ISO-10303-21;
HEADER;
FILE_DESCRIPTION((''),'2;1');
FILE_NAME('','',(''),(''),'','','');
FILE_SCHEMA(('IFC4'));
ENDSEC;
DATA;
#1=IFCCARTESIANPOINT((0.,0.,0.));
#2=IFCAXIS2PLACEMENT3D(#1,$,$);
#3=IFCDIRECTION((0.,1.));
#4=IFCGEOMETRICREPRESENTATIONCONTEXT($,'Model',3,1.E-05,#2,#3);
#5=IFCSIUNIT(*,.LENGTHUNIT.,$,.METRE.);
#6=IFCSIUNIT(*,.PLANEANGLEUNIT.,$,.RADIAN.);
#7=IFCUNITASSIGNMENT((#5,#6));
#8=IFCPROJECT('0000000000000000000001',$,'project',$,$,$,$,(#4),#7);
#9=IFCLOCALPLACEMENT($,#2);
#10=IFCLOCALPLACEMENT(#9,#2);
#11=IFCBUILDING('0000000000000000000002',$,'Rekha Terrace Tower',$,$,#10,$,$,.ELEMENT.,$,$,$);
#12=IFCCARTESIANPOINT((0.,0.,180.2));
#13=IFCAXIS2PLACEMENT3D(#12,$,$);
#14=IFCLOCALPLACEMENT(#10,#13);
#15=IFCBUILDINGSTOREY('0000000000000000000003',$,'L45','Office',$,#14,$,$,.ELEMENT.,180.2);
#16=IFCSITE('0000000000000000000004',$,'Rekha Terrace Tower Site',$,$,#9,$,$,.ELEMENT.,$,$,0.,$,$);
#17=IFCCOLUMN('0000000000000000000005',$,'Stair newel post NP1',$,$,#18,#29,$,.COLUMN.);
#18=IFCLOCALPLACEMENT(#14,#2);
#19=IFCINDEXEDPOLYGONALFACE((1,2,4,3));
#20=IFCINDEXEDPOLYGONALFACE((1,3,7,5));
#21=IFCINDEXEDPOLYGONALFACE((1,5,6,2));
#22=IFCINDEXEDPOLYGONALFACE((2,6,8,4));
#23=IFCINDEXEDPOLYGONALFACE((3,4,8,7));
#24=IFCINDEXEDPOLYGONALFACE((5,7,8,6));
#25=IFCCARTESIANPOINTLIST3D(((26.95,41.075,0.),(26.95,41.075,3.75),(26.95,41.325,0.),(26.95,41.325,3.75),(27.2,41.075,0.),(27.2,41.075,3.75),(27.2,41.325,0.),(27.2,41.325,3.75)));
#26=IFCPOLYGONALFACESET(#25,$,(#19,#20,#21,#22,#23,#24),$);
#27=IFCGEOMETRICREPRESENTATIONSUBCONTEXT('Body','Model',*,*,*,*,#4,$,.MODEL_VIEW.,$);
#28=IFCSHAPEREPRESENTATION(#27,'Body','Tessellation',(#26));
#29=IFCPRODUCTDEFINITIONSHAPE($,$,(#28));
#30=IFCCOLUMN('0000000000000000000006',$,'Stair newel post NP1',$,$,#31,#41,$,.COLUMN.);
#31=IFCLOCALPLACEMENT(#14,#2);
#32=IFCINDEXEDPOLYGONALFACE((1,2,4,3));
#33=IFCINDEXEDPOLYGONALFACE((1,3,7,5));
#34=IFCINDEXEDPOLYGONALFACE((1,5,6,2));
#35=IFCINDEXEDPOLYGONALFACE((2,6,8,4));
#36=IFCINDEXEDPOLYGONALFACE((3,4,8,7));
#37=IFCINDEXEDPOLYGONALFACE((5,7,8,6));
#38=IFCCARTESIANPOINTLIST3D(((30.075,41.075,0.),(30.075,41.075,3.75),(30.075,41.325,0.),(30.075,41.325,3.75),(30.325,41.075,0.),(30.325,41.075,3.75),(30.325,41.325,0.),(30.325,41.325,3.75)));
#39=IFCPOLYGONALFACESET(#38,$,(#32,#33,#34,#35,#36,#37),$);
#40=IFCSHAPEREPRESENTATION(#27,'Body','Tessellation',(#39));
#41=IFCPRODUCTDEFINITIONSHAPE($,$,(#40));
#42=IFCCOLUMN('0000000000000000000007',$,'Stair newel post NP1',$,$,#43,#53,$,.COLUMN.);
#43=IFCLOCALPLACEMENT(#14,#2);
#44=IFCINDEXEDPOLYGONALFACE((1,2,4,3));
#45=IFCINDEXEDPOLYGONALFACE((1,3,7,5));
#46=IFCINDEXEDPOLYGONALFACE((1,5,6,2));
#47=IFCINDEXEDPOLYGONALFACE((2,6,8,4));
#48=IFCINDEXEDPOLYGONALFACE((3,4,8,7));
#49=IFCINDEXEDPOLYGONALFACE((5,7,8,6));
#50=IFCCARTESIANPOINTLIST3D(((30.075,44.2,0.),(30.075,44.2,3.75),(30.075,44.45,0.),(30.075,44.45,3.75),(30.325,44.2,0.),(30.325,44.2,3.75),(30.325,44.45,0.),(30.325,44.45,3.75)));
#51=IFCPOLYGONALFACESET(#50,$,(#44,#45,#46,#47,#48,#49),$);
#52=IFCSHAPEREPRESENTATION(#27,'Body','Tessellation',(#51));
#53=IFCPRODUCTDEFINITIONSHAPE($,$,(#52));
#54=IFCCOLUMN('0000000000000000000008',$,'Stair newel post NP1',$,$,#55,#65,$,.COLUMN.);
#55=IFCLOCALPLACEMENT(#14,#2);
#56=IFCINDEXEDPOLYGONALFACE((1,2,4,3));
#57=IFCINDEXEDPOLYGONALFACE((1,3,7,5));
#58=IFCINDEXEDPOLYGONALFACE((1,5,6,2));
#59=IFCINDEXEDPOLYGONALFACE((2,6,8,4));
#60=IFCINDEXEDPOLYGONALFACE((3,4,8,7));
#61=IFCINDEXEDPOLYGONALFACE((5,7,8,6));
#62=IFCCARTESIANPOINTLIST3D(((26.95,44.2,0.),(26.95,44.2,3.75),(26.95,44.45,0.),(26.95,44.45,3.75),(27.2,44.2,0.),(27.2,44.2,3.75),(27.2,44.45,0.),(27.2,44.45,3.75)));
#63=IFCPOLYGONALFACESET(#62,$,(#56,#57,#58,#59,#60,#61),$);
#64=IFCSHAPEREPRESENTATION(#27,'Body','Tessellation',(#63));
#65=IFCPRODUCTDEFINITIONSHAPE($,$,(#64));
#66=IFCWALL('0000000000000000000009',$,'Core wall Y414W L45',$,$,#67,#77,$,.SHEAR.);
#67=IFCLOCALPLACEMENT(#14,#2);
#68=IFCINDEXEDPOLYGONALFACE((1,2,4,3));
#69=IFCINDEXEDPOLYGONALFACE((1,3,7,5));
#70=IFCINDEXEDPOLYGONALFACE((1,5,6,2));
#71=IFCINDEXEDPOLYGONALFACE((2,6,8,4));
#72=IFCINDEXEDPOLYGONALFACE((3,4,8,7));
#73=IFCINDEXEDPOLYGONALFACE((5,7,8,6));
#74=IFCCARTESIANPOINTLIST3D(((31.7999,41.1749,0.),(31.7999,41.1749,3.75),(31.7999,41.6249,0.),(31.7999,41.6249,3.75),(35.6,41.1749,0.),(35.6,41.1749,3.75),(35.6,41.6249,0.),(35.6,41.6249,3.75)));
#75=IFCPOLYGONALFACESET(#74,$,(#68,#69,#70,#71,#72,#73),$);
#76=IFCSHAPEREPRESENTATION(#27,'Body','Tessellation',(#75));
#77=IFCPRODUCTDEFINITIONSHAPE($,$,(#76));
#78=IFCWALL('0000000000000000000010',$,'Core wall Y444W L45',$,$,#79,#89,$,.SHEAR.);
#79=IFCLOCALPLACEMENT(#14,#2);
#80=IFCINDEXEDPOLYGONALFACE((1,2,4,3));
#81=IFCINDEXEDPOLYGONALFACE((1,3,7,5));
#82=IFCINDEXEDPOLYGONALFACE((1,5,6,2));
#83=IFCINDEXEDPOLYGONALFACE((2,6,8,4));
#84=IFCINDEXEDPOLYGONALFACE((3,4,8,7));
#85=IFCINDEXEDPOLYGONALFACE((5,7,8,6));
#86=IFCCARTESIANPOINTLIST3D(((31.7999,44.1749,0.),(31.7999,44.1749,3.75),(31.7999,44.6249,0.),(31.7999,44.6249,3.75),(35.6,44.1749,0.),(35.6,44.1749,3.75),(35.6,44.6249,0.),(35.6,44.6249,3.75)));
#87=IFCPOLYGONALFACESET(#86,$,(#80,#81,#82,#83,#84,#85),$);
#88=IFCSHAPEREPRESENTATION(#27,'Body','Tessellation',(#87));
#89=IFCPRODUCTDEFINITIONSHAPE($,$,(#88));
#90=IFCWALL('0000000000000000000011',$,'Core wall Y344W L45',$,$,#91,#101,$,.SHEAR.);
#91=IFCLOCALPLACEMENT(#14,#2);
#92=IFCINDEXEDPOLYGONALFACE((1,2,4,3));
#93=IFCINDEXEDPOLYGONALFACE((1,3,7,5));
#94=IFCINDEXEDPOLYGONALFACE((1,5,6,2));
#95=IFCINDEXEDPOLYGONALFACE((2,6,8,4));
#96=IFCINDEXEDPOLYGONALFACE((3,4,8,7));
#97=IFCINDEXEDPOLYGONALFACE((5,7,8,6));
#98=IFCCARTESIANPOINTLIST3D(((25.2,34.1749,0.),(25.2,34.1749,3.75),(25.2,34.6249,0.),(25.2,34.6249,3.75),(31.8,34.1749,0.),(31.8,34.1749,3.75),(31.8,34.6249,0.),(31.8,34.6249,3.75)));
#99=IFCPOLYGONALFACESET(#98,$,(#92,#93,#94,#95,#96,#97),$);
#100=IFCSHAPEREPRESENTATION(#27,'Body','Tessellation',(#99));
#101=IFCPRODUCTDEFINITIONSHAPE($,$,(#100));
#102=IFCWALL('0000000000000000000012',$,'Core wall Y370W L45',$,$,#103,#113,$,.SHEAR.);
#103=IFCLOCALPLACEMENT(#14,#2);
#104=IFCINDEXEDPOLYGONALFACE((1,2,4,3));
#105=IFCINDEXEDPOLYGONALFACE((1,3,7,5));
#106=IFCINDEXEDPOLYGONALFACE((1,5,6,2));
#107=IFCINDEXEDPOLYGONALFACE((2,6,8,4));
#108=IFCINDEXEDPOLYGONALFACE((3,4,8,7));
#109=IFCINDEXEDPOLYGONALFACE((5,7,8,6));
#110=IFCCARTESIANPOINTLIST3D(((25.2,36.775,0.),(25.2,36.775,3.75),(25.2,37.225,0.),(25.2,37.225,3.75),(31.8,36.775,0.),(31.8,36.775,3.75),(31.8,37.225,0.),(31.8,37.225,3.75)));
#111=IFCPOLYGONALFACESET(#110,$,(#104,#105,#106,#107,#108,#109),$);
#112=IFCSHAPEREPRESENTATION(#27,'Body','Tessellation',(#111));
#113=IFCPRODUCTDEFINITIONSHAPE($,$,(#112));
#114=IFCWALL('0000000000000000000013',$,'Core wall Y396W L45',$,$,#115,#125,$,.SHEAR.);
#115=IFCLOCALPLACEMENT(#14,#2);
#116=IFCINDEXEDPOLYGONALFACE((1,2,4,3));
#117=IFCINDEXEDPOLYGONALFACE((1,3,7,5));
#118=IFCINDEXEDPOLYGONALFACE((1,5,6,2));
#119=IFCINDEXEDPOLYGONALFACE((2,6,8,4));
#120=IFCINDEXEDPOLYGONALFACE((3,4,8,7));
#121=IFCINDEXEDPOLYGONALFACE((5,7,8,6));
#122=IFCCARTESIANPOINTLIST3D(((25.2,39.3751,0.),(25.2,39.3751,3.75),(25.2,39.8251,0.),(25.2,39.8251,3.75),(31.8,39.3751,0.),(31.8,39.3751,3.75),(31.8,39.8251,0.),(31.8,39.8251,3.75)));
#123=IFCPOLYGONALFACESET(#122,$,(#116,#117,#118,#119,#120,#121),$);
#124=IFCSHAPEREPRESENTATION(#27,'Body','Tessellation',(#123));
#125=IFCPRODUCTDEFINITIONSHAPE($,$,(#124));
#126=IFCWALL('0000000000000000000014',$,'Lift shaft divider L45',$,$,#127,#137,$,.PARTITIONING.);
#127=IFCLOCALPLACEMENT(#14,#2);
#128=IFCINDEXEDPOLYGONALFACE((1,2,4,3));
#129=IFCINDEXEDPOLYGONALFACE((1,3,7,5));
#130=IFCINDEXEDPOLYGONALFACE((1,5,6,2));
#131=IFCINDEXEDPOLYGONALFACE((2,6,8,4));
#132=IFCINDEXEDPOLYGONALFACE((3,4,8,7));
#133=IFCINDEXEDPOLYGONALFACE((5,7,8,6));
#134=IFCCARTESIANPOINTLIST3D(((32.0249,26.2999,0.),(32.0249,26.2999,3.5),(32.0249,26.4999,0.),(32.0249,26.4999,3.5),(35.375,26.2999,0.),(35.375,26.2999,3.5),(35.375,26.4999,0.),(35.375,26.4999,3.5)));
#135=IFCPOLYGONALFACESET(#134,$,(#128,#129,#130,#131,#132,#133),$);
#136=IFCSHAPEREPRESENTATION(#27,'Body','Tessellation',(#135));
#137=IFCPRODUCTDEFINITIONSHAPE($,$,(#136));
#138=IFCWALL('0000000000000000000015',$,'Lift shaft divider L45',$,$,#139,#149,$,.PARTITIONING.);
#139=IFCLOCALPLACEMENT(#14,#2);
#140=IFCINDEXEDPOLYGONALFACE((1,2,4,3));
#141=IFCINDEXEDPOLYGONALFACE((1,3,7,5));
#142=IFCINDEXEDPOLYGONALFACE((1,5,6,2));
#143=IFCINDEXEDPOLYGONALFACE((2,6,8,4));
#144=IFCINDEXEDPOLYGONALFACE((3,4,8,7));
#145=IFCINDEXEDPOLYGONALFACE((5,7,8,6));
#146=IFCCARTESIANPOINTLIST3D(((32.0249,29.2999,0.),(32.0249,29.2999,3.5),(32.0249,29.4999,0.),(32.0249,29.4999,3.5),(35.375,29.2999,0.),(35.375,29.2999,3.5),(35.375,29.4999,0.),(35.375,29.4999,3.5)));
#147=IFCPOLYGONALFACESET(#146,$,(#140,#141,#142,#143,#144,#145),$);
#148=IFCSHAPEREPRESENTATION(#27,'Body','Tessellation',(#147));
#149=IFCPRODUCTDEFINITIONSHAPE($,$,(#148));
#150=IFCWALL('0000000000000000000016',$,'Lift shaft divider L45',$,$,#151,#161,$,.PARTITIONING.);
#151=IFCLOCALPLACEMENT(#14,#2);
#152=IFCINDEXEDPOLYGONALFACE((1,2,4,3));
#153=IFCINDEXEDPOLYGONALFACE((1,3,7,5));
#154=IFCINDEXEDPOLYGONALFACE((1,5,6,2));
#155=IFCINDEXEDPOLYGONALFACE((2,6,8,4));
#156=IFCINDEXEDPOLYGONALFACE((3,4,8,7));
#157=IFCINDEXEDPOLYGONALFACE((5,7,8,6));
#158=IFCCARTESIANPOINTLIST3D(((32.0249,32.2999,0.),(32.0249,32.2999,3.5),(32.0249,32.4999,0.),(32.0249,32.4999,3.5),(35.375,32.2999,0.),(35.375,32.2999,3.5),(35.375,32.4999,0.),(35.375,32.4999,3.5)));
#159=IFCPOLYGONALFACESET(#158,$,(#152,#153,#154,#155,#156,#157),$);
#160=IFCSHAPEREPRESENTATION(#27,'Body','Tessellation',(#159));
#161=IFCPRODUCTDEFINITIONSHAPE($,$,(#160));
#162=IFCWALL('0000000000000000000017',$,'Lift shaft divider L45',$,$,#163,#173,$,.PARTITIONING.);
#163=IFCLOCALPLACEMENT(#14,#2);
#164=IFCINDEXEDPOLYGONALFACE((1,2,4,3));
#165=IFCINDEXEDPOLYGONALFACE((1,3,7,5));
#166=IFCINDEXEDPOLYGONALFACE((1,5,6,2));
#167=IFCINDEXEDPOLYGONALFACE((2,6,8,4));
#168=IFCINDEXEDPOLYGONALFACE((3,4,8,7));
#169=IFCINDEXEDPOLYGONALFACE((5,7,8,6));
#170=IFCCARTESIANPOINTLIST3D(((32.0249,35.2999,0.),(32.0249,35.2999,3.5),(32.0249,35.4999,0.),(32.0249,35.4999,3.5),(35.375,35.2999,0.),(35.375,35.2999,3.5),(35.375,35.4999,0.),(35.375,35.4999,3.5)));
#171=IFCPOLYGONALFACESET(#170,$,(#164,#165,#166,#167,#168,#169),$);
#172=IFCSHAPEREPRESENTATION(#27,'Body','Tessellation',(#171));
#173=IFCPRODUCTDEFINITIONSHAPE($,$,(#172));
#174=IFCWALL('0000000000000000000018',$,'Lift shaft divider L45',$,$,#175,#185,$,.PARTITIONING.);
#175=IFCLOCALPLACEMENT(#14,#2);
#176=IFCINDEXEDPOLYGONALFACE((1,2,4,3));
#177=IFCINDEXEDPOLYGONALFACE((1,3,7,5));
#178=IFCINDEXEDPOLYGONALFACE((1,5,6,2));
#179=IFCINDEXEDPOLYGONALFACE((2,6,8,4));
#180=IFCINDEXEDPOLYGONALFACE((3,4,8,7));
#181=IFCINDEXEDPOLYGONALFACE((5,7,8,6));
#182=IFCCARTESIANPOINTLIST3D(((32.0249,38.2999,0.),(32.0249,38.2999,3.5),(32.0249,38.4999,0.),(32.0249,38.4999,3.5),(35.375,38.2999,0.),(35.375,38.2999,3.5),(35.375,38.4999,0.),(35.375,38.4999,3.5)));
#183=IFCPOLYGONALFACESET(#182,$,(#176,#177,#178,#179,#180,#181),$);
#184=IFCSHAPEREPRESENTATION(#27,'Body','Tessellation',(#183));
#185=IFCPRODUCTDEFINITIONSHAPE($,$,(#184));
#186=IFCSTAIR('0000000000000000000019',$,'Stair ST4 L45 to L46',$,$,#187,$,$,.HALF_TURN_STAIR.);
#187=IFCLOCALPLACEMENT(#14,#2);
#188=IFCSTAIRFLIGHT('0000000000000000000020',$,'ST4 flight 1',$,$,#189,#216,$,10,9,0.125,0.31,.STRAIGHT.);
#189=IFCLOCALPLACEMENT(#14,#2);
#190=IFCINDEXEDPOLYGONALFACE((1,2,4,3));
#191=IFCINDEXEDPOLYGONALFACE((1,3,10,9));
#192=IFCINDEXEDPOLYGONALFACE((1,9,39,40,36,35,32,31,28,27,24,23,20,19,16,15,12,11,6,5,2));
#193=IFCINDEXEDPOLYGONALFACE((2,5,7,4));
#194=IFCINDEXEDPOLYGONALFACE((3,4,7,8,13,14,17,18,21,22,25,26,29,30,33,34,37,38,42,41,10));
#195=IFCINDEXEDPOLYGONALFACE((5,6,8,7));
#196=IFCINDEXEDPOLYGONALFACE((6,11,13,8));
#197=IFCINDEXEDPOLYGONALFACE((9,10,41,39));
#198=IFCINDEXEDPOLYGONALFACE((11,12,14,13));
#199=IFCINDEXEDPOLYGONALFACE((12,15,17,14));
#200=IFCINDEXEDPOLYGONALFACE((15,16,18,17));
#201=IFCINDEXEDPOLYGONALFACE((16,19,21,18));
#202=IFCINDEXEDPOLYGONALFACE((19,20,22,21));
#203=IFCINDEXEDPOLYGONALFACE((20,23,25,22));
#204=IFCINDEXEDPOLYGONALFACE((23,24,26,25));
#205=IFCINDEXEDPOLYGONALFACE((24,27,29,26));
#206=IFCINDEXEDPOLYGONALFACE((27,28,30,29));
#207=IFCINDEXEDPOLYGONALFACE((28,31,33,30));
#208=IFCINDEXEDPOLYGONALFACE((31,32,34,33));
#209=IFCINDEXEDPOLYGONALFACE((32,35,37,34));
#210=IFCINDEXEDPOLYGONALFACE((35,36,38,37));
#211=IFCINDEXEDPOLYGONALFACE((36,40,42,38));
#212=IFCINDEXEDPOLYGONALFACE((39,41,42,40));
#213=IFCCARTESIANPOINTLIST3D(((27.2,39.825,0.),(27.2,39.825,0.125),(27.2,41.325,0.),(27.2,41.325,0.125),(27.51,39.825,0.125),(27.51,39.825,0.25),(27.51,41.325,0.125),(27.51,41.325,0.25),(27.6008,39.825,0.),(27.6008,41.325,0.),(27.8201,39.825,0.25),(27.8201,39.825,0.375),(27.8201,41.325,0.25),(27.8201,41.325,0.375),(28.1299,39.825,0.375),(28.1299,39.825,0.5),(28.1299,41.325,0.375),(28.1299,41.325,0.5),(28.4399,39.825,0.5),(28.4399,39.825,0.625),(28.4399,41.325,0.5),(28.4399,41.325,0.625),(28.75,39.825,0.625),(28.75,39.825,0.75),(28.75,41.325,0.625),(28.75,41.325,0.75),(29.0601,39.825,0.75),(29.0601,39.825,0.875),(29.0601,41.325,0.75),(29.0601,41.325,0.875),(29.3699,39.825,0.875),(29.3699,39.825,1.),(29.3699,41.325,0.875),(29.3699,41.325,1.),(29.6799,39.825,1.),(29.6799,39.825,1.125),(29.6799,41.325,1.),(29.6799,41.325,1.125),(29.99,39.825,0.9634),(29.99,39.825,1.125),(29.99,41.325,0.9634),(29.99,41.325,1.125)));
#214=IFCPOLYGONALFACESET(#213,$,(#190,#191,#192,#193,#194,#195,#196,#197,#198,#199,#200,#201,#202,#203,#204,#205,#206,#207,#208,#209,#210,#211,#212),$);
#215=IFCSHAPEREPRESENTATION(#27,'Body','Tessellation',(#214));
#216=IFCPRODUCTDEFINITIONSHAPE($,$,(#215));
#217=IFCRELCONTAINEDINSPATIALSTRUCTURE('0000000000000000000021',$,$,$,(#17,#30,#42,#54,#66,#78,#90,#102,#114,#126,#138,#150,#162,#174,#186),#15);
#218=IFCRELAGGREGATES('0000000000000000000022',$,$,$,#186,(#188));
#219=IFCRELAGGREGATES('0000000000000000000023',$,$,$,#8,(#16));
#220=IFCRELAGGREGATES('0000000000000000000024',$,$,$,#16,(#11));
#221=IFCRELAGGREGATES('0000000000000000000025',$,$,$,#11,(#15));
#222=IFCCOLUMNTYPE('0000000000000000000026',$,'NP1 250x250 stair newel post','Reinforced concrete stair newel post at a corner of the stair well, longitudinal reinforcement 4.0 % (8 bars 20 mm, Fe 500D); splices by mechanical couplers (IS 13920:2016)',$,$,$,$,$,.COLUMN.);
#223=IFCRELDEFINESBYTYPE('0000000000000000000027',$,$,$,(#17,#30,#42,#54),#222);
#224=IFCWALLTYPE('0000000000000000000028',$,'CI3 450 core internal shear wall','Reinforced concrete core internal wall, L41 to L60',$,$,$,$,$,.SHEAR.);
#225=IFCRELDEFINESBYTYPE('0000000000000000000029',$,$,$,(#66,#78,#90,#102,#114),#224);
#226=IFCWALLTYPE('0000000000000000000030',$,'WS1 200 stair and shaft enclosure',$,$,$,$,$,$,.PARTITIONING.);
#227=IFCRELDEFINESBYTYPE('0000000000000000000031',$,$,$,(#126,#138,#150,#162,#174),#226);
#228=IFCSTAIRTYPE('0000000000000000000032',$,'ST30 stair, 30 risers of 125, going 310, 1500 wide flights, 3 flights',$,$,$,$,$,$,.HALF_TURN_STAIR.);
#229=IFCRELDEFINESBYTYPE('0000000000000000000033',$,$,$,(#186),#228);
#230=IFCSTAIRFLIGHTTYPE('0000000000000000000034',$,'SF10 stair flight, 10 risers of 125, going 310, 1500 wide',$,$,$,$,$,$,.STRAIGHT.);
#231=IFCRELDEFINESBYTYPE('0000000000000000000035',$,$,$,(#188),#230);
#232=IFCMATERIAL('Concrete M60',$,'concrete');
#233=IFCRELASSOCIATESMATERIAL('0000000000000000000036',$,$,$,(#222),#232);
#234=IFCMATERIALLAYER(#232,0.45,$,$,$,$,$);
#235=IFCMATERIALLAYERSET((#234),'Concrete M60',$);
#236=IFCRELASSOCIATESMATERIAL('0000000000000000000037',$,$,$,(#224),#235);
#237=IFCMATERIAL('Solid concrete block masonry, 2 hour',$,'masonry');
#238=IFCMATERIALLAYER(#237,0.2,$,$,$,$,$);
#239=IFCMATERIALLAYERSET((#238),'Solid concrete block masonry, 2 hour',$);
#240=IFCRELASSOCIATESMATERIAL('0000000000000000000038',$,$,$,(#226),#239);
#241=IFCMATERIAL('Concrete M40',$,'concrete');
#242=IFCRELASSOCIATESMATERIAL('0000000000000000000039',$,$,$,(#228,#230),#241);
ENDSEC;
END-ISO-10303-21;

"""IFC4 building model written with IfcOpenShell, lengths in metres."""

from ifc_helpers import new_model, si_unit, direction, frame, frame_2d, origin, origin_2d, place, context, subcontext, project, spatial, polyline, rectangle, outline, extrude, material, layer, layer_set, material_profile, profile_set, type_object, element, aggregate, save


model = new_model("IFC4")

# Units and contexts
model_context = context("Model", 3, precision=1e-05, world=origin(), true_north=direction((0.0, 1.0)))
body_context = subcontext(model_context, "Body", "Model", "MODEL_VIEW")
ifc_project = project(units=[si_unit("LENGTHUNIT", "METRE"), si_unit("PLANEANGLEUNIT", "RADIAN")], contexts=[model_context])

# Site, building, storey
site_placement = place(None, origin())
site = spatial("IfcSite", under=ifc_project, at=site_placement, Name="Rekha Terrace Tower Site", CompositionType="ELEMENT", RefElevation=0.0)
building_placement = place(site_placement, origin())
building = spatial("IfcBuilding", under=site, at=building_placement, Name="Rekha Terrace Tower", CompositionType="ELEMENT")
storey_placement = place(building_placement, frame((0.0, 0.0, 180.2)))
storey = spatial("IfcBuildingStorey", under=building, at=storey_placement, Name="L45", Description="Office", CompositionType="ELEMENT", Elevation=180.2)

# Columns
ifc_material_1 = material(Name="Concrete M60", Category="concrete")
ifc_material_profile = material_profile(ifc_material_1, rectangle(XDim=0.25, YDim=0.25, at=origin_2d()), Name="RC 250x250")
ifc_profile_set = profile_set([ifc_material_profile], Name="Concrete M60")
column_type = type_object("IfcColumnType", Name="NP1 250x250 stair newel post", Description="Reinforced concrete stair newel post at a corner of the stair well, longitudinal reinforcement 4.0 % (8 bars 20 mm, Fe 500D); splices by mechanical couplers (IS 13920:2016)", PredefinedType="COLUMN", material=ifc_profile_set)
for number, where, z_axis, x_axis, name in (
    (1, (27.075, 41.2, 0.0), (0.0, 0.0, 1.0), (1.0, 0.0, 0.0), "Stair newel post NP1"),
    (2, (30.2, 41.2, 0.0), (0.0, 0.0, 1.0), (1.0, 0.0, 0.0), "Stair newel post NP1"),
    (3, (30.2, 44.325, 0.0), (0.0, 0.0, 1.0), (1.0, 0.0, 0.0), "Stair newel post NP1"),
    (4, (27.075, 44.325, 0.0), (0.0, 0.0, 1.0), (1.0, 0.0, 0.0), "Stair newel post NP1"),
):
    element("IfcColumn", number, at=place(storey_placement, frame(where, z_axis=z_axis, x_axis=x_axis)), inside=storey, type_object=column_type, Name=name, PredefinedType="COLUMN", context=body_context, shape_type="SweptSolid", body=[
        extrude(rectangle(XDim=0.25, YDim=0.25, at=origin_2d()), origin(), (0.0, 0.0, 1.0), 3.75),
    ])

# Walls
ifc_layer_1 = layer(ifc_material_1, 0.45)
ifc_layer_set_1 = layer_set([ifc_layer_1], Name="Concrete M60")
wall_type_1 = type_object("IfcWallType", Name="CI3 450 core internal shear wall", Description="Reinforced concrete core internal wall, L41 to L60", PredefinedType="SHEAR", material=ifc_layer_set_1)
for number, where, z_axis, x_axis, name in (
    (5, (31.8, 41.3999, 0.0), (0.0, 0.0, 1.0), (1.0, 0.0, 0.0), "Core wall Y414W L45"),
    (6, (31.8, 44.3999, 0.0), (0.0, 0.0, 1.0), (1.0, 0.0, 0.0), "Core wall Y444W L45"),
):
    element("IfcWall", number, at=place(storey_placement, frame(where, z_axis=z_axis, x_axis=x_axis)), inside=storey, type_object=wall_type_1, Name=name, PredefinedType="SHEAR", context=body_context, shape_type="SweptSolid", body=[
        extrude(rectangle(XDim=3.8, YDim=0.45, at=frame_2d((1.8999, 0.0))), origin(), (0.0, 0.0, 1.0), 3.75),
    ])
for number, where, z_axis, x_axis, name in (
    (7, (25.2, 34.3999, 0.0), (0.0, 0.0, 1.0), (1.0, 0.0, 0.0), "Core wall Y344W L45"),
    (8, (25.2, 37.0, 0.0), (0.0, 0.0, 1.0), (1.0, 0.0, 0.0), "Core wall Y370W L45"),
    (9, (25.2, 39.6001, 0.0), (0.0, 0.0, 1.0), (1.0, 0.0, 0.0), "Core wall Y396W L45"),
):
    element("IfcWall", number, at=place(storey_placement, frame(where, z_axis=z_axis, x_axis=x_axis)), inside=storey, type_object=wall_type_1, Name=name, PredefinedType="SHEAR", context=body_context, shape_type="SweptSolid", body=[
        extrude(rectangle(XDim=6.6001, YDim=0.45, at=frame_2d((3.3, 0.0))), origin(), (0.0, 0.0, 1.0), 3.75),
    ])
ifc_material_2 = material(Name="Solid concrete block masonry, 2 hour", Category="masonry")
ifc_layer_2 = layer(ifc_material_2, 0.2)
ifc_layer_set_2 = layer_set([ifc_layer_2], Name="Solid concrete block masonry, 2 hour")
wall_type_2 = type_object("IfcWallType", Name="WS1 200 stair and shaft enclosure", PredefinedType="PARTITIONING", material=ifc_layer_set_2)
for number, where, z_axis, x_axis, name in (
    (10, (32.0249, 26.3999, 0.0), (0.0, 0.0, 1.0), (1.0, 0.0, 0.0), "Lift shaft divider L45"),
    (11, (32.0249, 29.3999, 0.0), (0.0, 0.0, 1.0), (1.0, 0.0, 0.0), "Lift shaft divider L45"),
    (12, (32.0249, 32.3999, 0.0), (0.0, 0.0, 1.0), (1.0, 0.0, 0.0), "Lift shaft divider L45"),
    (13, (32.0249, 35.3999, 0.0), (0.0, 0.0, 1.0), (1.0, 0.0, 0.0), "Lift shaft divider L45"),
    (14, (32.0249, 38.3999, 0.0), (0.0, 0.0, 1.0), (1.0, 0.0, 0.0), "Lift shaft divider L45"),
):
    element("IfcWall", number, at=place(storey_placement, frame(where, z_axis=z_axis, x_axis=x_axis)), inside=storey, type_object=wall_type_2, Name=name, PredefinedType="PARTITIONING", context=body_context, shape_type="SweptSolid", body=[
        extrude(rectangle(XDim=3.3501, YDim=0.2, at=frame_2d((1.675, 0.0))), origin(), (0.0, 0.0, 1.0), 3.5),
    ])

# Stair, stair flight
ifc_material_3 = material(Name="Concrete M40", Category="concrete")
stair_type = type_object("IfcStairType", Name="ST30 stair, 30 risers of 125, going 310, 1500 wide flights, 3 flights", PredefinedType="HALF_TURN_STAIR", material=ifc_material_3)
stair_placement = place(storey_placement, origin())
stair = element("IfcStair", 15, at=stair_placement, inside=storey, type_object=stair_type, Name="Stair ST4 L45 to L46", PredefinedType="HALF_TURN_STAIR")
stair_flight_type = type_object("IfcStairFlightType", Name="SF10 stair flight, 10 risers of 125, going 310, 1500 wide", PredefinedType="STRAIGHT", material=ifc_material_3)
stair_flight_1_placement = place(storey_placement, frame((27.2, 40.575, 0.0), z_axis=(0.0, 0.0, 1.0), x_axis=(1.0, 0.0, 0.0)))
stair_flight_1 = element("IfcStairFlight", 16, at=stair_flight_1_placement, type_object=stair_flight_type, Name="ST4 flight 1", NumberOfRisers=10, NumberOfTreads=9, PredefinedType="STRAIGHT", RiserHeight=0.125, TreadLength=0.31, context=body_context, shape_type="SweptSolid", body=[
    extrude(outline(polyline([(0.0, 0.0), (0.0, 0.125), (0.3101, 0.125), (0.3101, 0.25), (0.6201, 0.25), (0.6201, 0.375), (0.9299, 0.375), (0.9299, 0.5), (1.24, 0.5), (1.24, 0.625), (1.55, 0.625), (1.55, 0.75), (1.8601, 0.75), (1.8601, 0.875), (2.1699, 0.875), (2.1699, 1.0), (2.48, 1.0), (2.48, 1.125), (2.79, 1.125), (2.79, 1.25), (2.79, 0.9634), (0.4009, 0.0), (0.0, 0.0)])), frame((0.0, 0.75, 0.0), z_axis=(0.0, -1.0, 0.0), x_axis=(1.0, 0.0, 0.0)), (0.0, 0.0, 1.0), 1.5),
])
aggregate(stair, [stair_flight_1])

save(model, "model.ifc")
